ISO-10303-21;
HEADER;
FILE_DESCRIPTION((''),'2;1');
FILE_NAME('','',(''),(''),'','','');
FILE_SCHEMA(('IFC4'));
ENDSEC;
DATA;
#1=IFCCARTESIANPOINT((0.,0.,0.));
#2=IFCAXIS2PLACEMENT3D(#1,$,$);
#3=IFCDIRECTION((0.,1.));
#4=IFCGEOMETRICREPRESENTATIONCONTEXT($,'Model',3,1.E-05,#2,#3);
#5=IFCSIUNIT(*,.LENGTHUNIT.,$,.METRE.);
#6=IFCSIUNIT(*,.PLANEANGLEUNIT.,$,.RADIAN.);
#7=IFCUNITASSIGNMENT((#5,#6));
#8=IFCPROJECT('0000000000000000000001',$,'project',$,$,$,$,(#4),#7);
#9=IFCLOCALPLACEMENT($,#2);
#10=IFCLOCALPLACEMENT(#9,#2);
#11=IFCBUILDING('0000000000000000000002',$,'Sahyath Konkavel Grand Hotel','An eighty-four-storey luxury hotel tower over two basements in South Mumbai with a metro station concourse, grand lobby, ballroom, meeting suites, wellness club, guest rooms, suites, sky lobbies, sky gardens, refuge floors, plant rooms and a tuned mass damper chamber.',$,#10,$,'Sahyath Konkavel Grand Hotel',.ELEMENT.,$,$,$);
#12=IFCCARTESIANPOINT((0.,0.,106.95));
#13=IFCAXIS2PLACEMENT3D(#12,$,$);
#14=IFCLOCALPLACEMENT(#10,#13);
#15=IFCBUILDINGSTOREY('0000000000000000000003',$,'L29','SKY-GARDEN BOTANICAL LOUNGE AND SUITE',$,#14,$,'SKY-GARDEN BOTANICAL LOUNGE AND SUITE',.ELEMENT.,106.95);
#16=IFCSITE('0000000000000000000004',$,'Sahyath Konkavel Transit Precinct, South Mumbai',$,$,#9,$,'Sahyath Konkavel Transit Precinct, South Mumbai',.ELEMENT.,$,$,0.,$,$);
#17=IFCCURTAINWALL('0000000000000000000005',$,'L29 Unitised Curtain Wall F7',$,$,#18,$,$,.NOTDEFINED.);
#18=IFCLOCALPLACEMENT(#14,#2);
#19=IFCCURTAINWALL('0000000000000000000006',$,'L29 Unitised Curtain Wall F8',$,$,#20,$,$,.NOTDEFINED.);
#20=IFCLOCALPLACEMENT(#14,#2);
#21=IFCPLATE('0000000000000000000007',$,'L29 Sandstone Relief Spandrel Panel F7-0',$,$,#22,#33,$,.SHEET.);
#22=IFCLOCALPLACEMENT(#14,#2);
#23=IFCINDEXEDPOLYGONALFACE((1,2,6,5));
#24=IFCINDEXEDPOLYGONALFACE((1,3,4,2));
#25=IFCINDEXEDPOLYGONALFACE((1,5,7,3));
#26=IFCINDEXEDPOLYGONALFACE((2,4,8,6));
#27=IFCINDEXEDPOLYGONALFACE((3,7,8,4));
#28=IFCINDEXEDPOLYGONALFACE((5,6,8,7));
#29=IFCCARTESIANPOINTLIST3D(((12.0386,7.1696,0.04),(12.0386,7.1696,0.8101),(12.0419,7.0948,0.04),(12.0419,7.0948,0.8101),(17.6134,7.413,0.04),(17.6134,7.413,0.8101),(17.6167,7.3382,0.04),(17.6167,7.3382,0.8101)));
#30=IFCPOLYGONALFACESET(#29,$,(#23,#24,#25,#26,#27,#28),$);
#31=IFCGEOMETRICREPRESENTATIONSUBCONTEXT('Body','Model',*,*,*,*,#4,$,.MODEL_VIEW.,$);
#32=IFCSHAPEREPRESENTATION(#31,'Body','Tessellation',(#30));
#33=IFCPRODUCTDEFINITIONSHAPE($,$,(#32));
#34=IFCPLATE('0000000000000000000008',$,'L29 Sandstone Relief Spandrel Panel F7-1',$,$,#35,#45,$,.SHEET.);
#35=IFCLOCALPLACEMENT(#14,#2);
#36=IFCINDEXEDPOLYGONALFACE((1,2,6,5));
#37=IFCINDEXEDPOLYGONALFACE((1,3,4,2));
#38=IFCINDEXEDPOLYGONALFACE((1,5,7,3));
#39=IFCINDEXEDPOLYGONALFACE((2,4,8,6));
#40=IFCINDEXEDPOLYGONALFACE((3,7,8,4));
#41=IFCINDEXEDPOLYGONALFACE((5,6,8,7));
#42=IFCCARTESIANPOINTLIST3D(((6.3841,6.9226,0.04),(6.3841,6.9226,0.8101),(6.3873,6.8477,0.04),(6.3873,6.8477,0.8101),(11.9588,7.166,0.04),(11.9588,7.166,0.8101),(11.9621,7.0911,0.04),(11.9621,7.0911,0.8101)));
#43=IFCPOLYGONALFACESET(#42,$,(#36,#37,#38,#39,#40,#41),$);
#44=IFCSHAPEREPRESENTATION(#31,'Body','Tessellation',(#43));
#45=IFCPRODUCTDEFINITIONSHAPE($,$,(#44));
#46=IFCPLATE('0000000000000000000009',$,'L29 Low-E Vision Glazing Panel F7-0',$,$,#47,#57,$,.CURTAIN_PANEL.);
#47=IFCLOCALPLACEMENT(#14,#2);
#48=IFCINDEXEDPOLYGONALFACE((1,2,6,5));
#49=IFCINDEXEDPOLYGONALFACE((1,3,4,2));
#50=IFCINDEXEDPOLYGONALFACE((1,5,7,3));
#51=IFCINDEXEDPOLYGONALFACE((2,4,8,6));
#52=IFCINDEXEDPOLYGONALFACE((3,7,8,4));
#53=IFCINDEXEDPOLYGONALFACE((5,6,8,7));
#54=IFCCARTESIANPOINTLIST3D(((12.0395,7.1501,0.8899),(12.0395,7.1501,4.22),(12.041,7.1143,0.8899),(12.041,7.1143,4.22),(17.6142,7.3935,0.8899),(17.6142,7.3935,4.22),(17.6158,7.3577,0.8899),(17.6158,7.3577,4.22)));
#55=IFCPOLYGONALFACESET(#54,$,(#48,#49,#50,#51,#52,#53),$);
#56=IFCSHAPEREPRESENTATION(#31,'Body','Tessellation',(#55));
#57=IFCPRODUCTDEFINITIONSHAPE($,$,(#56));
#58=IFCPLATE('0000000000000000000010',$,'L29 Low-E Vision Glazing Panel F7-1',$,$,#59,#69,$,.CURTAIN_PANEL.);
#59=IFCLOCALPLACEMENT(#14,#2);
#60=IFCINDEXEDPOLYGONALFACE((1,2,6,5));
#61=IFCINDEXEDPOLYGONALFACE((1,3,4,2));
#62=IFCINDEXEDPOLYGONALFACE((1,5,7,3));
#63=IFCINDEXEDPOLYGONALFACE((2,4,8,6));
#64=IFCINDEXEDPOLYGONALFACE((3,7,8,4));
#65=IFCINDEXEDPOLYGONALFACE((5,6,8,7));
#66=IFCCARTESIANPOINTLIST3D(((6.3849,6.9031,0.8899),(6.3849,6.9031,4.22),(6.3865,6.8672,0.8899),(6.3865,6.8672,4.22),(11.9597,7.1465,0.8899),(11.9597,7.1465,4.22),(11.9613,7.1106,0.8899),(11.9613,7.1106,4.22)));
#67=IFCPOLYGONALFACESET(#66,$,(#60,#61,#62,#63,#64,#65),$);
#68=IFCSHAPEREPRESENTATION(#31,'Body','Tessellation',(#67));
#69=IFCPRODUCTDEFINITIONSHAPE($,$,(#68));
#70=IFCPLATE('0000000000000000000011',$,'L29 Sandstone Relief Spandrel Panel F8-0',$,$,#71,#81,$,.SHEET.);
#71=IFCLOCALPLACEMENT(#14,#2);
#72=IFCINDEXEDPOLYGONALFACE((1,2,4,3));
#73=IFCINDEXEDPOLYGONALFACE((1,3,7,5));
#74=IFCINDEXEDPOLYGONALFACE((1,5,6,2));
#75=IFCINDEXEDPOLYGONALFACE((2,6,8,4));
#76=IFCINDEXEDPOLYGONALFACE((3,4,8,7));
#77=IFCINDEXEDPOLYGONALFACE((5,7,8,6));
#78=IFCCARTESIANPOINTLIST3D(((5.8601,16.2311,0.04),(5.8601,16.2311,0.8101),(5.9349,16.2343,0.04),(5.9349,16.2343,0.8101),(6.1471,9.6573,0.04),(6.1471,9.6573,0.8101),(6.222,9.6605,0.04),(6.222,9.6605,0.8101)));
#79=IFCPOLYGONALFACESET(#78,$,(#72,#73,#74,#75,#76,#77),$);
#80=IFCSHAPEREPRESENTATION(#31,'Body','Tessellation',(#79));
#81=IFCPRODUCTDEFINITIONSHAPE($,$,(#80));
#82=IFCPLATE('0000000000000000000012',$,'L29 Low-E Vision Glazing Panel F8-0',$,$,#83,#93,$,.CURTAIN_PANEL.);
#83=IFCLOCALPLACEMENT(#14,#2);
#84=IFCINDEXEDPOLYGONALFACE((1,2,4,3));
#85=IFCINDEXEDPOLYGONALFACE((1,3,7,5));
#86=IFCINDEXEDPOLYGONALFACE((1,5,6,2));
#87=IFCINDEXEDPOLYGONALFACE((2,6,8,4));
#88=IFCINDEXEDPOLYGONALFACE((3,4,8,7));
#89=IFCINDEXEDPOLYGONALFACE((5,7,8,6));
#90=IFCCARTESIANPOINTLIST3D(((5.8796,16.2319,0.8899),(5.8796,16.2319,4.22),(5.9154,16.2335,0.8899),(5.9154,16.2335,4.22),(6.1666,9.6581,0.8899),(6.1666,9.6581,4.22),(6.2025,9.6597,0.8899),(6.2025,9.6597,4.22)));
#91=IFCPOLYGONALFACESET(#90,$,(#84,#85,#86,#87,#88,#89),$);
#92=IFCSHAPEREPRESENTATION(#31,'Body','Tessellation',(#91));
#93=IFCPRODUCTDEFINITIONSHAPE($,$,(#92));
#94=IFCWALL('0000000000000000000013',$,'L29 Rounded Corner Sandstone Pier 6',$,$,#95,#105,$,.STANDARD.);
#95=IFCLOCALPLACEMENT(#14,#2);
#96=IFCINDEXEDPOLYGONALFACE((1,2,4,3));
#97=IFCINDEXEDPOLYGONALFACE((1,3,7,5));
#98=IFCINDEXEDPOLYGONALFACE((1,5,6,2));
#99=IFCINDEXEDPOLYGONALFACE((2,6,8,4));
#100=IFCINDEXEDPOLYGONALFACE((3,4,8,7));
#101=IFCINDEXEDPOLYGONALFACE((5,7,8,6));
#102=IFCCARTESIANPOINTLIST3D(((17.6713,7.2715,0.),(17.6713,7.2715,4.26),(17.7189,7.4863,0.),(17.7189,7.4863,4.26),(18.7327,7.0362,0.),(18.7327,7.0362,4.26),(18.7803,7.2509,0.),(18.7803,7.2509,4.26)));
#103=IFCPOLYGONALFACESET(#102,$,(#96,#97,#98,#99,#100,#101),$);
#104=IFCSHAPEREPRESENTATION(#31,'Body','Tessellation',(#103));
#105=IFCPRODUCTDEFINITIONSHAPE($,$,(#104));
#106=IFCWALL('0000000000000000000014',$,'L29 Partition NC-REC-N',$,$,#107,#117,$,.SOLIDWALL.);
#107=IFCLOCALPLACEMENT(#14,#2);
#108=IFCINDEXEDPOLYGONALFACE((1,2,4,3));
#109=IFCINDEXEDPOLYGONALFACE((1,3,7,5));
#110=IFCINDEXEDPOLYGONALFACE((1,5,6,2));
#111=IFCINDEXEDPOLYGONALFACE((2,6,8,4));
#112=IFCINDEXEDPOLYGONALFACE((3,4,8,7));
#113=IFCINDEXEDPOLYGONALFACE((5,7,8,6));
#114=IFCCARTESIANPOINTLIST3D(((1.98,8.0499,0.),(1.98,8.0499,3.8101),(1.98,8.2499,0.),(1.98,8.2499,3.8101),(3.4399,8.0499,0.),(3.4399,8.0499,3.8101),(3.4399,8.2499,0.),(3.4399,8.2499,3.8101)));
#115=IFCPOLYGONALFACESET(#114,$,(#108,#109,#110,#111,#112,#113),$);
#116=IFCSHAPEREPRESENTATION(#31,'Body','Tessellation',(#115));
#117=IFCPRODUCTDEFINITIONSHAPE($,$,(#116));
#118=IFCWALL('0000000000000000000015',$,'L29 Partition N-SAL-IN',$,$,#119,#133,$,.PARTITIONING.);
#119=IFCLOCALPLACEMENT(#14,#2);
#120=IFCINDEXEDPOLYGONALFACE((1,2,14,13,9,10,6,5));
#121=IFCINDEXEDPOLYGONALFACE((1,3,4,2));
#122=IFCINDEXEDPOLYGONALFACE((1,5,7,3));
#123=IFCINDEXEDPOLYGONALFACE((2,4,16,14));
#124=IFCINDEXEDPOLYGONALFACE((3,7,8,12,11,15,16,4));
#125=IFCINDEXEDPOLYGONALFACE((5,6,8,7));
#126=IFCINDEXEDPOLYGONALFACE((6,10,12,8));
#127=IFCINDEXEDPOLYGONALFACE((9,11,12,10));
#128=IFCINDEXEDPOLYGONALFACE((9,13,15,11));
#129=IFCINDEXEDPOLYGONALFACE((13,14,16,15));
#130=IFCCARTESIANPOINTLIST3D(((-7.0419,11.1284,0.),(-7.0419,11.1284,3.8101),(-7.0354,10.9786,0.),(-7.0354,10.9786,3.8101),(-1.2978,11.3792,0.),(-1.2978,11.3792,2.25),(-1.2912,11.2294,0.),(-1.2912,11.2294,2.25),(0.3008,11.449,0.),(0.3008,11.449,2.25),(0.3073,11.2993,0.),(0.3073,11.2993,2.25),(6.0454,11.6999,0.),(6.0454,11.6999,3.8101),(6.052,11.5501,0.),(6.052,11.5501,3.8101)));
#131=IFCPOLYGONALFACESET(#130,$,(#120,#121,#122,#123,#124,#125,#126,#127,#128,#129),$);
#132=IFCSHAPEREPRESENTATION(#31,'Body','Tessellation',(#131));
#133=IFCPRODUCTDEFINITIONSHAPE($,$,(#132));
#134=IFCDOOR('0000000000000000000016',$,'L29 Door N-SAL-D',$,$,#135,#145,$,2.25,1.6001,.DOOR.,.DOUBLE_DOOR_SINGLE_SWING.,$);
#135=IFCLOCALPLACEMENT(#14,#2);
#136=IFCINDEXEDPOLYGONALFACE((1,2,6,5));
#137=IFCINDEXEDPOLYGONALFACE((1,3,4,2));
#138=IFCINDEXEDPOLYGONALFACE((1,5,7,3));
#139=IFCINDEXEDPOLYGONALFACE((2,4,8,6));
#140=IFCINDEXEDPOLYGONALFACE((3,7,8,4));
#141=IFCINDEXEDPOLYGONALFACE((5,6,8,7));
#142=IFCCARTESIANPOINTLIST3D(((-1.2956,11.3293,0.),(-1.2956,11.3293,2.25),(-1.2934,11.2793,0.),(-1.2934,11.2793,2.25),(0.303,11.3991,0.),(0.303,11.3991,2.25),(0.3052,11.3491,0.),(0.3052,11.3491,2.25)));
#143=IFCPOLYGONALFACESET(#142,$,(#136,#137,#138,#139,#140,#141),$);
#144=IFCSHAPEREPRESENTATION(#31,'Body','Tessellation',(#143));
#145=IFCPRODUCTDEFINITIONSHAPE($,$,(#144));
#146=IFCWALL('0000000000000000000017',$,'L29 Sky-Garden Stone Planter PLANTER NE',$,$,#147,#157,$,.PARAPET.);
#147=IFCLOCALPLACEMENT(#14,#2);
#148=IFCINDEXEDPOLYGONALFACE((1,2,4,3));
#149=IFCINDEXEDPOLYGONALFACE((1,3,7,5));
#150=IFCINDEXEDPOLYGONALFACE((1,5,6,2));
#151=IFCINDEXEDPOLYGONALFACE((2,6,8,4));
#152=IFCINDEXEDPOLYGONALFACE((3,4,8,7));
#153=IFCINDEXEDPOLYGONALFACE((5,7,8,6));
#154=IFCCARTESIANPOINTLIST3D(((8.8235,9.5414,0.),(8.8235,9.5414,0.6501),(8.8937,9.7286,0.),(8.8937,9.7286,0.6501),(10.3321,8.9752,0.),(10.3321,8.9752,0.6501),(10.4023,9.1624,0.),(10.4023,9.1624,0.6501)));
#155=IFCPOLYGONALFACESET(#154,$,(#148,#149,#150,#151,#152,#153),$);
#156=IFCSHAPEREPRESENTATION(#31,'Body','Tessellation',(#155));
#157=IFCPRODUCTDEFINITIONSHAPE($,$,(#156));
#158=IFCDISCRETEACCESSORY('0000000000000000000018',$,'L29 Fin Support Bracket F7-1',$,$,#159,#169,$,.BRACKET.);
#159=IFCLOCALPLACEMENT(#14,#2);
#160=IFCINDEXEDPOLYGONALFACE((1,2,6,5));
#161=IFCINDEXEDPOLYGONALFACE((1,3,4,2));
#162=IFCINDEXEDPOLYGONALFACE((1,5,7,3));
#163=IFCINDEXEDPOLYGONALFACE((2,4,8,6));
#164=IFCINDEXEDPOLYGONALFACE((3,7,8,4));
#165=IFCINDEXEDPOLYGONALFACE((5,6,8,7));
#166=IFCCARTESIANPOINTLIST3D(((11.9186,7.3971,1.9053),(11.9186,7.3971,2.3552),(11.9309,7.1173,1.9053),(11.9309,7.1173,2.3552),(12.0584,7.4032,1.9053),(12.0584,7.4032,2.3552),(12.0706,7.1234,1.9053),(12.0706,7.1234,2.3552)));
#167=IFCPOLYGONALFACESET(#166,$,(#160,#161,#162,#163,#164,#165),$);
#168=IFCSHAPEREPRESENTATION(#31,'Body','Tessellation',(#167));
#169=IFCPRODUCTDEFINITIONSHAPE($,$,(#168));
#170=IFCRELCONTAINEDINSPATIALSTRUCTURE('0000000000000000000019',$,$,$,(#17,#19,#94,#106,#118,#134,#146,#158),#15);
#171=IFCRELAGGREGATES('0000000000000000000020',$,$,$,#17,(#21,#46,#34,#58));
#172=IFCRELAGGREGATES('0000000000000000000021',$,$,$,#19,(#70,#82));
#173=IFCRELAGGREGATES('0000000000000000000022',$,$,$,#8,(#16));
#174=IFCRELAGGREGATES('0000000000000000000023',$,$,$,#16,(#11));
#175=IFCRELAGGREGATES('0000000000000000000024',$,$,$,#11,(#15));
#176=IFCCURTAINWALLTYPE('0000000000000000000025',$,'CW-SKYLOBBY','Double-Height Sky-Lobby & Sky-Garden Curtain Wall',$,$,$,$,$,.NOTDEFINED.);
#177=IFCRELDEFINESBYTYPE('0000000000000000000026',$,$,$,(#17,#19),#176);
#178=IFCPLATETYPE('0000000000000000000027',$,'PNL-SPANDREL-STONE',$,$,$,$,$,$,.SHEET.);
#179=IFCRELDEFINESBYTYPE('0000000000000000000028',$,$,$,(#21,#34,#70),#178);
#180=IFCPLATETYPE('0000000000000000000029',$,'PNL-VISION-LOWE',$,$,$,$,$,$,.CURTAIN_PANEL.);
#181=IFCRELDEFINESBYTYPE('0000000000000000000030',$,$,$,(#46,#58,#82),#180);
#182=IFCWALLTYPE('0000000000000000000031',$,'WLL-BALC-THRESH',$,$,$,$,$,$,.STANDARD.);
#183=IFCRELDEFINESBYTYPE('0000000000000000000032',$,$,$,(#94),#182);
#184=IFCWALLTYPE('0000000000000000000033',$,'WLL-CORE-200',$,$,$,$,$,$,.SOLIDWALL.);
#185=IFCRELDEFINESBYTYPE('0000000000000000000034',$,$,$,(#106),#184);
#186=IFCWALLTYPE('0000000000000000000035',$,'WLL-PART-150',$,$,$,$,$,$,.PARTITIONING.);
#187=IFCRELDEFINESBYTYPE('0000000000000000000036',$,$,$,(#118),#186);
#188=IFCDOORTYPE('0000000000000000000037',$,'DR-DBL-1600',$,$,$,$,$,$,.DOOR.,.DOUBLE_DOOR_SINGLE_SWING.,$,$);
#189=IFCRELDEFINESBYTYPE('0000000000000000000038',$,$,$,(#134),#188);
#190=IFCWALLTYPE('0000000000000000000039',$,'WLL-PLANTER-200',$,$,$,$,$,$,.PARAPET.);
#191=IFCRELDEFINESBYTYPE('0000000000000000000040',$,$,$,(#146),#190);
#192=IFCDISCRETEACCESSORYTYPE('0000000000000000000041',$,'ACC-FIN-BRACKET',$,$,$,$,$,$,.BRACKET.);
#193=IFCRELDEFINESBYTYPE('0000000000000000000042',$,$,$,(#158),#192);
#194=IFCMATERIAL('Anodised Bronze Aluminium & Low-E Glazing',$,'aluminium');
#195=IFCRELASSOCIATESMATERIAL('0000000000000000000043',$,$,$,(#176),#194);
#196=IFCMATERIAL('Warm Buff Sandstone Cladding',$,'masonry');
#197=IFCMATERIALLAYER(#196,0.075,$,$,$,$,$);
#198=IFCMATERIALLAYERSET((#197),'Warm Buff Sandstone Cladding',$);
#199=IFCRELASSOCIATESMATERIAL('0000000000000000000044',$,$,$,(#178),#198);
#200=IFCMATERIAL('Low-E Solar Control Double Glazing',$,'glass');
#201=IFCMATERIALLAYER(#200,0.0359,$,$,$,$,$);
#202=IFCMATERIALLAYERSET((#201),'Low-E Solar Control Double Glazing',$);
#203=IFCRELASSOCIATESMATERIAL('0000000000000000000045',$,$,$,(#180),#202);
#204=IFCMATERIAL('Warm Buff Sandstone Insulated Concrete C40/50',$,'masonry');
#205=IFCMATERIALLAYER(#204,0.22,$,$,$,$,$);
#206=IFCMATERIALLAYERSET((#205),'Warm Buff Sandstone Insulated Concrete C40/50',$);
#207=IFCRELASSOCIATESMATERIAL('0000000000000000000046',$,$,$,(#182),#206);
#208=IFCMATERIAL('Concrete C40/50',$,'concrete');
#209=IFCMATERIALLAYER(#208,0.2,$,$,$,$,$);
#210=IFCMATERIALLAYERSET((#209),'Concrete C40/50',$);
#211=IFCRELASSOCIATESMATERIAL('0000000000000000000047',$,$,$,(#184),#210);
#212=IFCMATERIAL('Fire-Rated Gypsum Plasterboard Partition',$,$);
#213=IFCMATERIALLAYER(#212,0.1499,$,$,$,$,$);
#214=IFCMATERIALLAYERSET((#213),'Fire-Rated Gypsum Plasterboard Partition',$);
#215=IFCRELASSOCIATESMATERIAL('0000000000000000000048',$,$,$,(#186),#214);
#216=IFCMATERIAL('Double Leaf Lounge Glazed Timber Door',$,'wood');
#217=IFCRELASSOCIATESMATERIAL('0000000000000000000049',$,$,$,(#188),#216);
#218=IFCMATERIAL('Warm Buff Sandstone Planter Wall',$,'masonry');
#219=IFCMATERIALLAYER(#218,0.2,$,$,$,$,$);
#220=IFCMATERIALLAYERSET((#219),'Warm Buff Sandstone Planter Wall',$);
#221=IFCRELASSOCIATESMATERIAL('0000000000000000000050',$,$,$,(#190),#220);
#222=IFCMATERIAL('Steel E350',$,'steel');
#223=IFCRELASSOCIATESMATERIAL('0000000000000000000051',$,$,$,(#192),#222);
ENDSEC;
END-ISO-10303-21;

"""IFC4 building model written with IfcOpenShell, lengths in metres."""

from ifc_helpers import new_model, si_unit, direction, frame, frame_2d, origin, origin_2d, place, context, subcontext, project, spatial, rectangle, extrude, source, transform, mapped, material, layer, layer_set, type_object, element, fill, aggregate, save


model = new_model("IFC4")

# Units and contexts
model_context = context("Model", 3, precision=1e-05, world=origin(), true_north=direction((0.0, 1.0)))
body_context = subcontext(model_context, "Body", "Model", "MODEL_VIEW")
ifc_project = project(units=[si_unit("LENGTHUNIT", "METRE"), si_unit("PLANEANGLEUNIT", "RADIAN")], contexts=[model_context])

# Site, building, storey
site_placement = place(None, origin())
site = spatial("IfcSite", under=ifc_project, at=site_placement, Name="Sahyath Konkavel Transit Precinct, South Mumbai", LongName="Sahyath Konkavel Transit Precinct, South Mumbai", CompositionType="ELEMENT", RefElevation=0.0)
building_placement = place(site_placement, origin())
building = spatial("IfcBuilding", under=site, at=building_placement, Name="Sahyath Konkavel Grand Hotel", Description="An eighty-four-storey luxury hotel tower over two basements in South Mumbai with a metro station concourse, grand lobby, ballroom, meeting suites, wellness club, guest rooms, suites, sky lobbies, sky gardens, refuge floors, plant rooms and a tuned mass damper chamber.", LongName="Sahyath Konkavel Grand Hotel", CompositionType="ELEMENT")
storey_placement = place(building_placement, frame((0.0, 0.0, 106.95)))
storey = spatial("IfcBuildingStorey", under=building, at=storey_placement, Name="L29", Description="SKY-GARDEN BOTANICAL LOUNGE AND SUITE", LongName="SKY-GARDEN BOTANICAL LOUNGE AND SUITE", CompositionType="ELEMENT", Elevation=106.95)

# Shared definitions
ifc_material_1 = material(Name="Steel E350", Category="steel")

# Curtain wall
ifc_material_2 = material(Name="Anodised Bronze Aluminium & Low-E Glazing", Category="aluminium")
curtain_wall_type = type_object("IfcCurtainWallType", Name="CW-SKYLOBBY", Description="Double-Height Sky-Lobby & Sky-Garden Curtain Wall", PredefinedType="NOTDEFINED", material=ifc_material_2)
curtain_wall_1_placement = place(storey_placement, origin())
curtain_wall_1 = element("IfcCurtainWall", 1, at=curtain_wall_1_placement, inside=storey, type_object=curtain_wall_type, Name="L29 Unitised Curtain Wall F7", PredefinedType="NOTDEFINED")

# Curtain wall
curtain_wall_2_placement = place(storey_placement, origin())
curtain_wall_2 = element("IfcCurtainWall", 2, at=curtain_wall_2_placement, inside=storey, type_object=curtain_wall_type, Name="L29 Unitised Curtain Wall F8", PredefinedType="NOTDEFINED")

# Plates
ifc_material_3 = material(Name="Warm Buff Sandstone Cladding", Category="masonry")
ifc_layer_1 = layer(ifc_material_3, 0.075)
ifc_layer_set_1 = layer_set([ifc_layer_1], Name="Warm Buff Sandstone Cladding")
plate_type_1 = type_object("IfcPlateType", Name="PNL-SPANDREL-STONE", PredefinedType="SHEET", material=ifc_layer_set_1)
shared_shape_1 = source(origin(), body_context, "Body", "SweptSolid", [
    extrude(rectangle(XDim=5.5801, YDim=0.075, at=origin_2d()), origin(), (0.0, 0.0, 1.0), 0.77),
])
plate_1_placement = place(storey_placement, frame((14.8276, 7.2539, 0.04), z_axis=(0.0, 0.0, 1.0), x_axis=(-0.999048, -0.043619, 0.0)))
plate_1 = element("IfcPlate", 3, at=plate_1_placement, type_object=plate_type_1, Name="L29 Sandstone Relief Spandrel Panel F7-0", PredefinedType="SHEET", context=body_context, shape_type="MappedRepresentation", body=[
    mapped(shared_shape_1, transform((0.0, 0.0, 0.0), scale=1.0)),
])
plate_2_placement = place(storey_placement, frame((9.1731, 7.0068, 0.04), z_axis=(0.0, 0.0, 1.0), x_axis=(-0.999048, -0.043619, 0.0)))
plate_2 = element("IfcPlate", 4, at=plate_2_placement, type_object=plate_type_1, Name="L29 Sandstone Relief Spandrel Panel F7-1", PredefinedType="SHEET", context=body_context, shape_type="MappedRepresentation", body=[
    mapped(shared_shape_1, transform((0.0, 0.0, 0.0), scale=1.0)),
])
ifc_material_4 = material(Name="Low-E Solar Control Double Glazing", Category="glass")
ifc_layer_2 = layer(ifc_material_4, 0.0359)
ifc_layer_set_2 = layer_set([ifc_layer_2], Name="Low-E Solar Control Double Glazing")
plate_type_2 = type_object("IfcPlateType", Name="PNL-VISION-LOWE", PredefinedType="CURTAIN_PANEL", material=ifc_layer_set_2)
shared_shape_2 = source(origin(), body_context, "Body", "SweptSolid", [
    extrude(rectangle(XDim=5.5801, YDim=0.0359, at=origin_2d()), origin(), (0.0, 0.0, 1.0), 3.3301),
])
plate_3_placement = place(storey_placement, frame((14.8276, 7.2539, 0.8899), z_axis=(0.0, 0.0, 1.0), x_axis=(-0.999048, -0.043619, 0.0)))
plate_3 = element("IfcPlate", 5, at=plate_3_placement, type_object=plate_type_2, Name="L29 Low-E Vision Glazing Panel F7-0", PredefinedType="CURTAIN_PANEL", context=body_context, shape_type="MappedRepresentation", body=[
    mapped(shared_shape_2, transform((0.0, 0.0, 0.0), scale=1.0)),
])
plate_4_placement = place(storey_placement, frame((9.1731, 7.0068, 0.8899), z_axis=(0.0, 0.0, 1.0), x_axis=(-0.999048, -0.043619, 0.0)))
plate_4 = element("IfcPlate", 6, at=plate_4_placement, type_object=plate_type_2, Name="L29 Low-E Vision Glazing Panel F7-1", PredefinedType="CURTAIN_PANEL", context=body_context, shape_type="MappedRepresentation", body=[
    mapped(shared_shape_2, transform((0.0, 0.0, 0.0), scale=1.0)),
])
aggregate(curtain_wall_1, [plate_1, plate_3, plate_2, plate_4])
shared_shape_3 = source(origin(), body_context, "Body", "SweptSolid", [
    extrude(rectangle(XDim=6.5801, YDim=0.075, at=origin_2d()), origin(), (0.0, 0.0, 1.0), 0.77),
])
plate_5_placement = place(storey_placement, frame((6.041, 12.9458, 0.04), z_axis=(0.0, 0.0, 1.0), x_axis=(-0.043619, 0.999048, 0.0)))
plate_5 = element("IfcPlate", 7, at=plate_5_placement, type_object=plate_type_1, Name="L29 Sandstone Relief Spandrel Panel F8-0", PredefinedType="SHEET", context=body_context, shape_type="MappedRepresentation", body=[
    mapped(shared_shape_3, transform((0.0, 0.0, 0.0), scale=1.0)),
])
shared_shape_4 = source(origin(), body_context, "Body", "SweptSolid", [
    extrude(rectangle(XDim=6.5801, YDim=0.0359, at=origin_2d()), origin(), (0.0, 0.0, 1.0), 3.3301),
])
plate_6_placement = place(storey_placement, frame((6.041, 12.9458, 0.8899), z_axis=(0.0, 0.0, 1.0), x_axis=(-0.043619, 0.999048, 0.0)))
plate_6 = element("IfcPlate", 8, at=plate_6_placement, type_object=plate_type_2, Name="L29 Low-E Vision Glazing Panel F8-0", PredefinedType="CURTAIN_PANEL", context=body_context, shape_type="MappedRepresentation", body=[
    mapped(shared_shape_4, transform((0.0, 0.0, 0.0), scale=1.0)),
])
aggregate(curtain_wall_2, [plate_5, plate_6])

# Walls
ifc_material_5 = material(Name="Warm Buff Sandstone Insulated Concrete C40/50", Category="masonry")
ifc_layer_3 = layer(ifc_material_5, 0.22)
ifc_layer_set_3 = layer_set([ifc_layer_3], Name="Warm Buff Sandstone Insulated Concrete C40/50")
wall_type_1 = type_object("IfcWallType", Name="WLL-BALC-THRESH", PredefinedType="STANDARD", material=ifc_layer_set_3)
wall_1_placement = place(storey_placement, frame((18.7563, 7.1436, 0.0), z_axis=(0.0, 0.0, 1.0), x_axis=(-0.976282, 0.216502, 0.0)))
element("IfcWall", 9, at=wall_1_placement, inside=storey, type_object=wall_type_1, Name="L29 Rounded Corner Sandstone Pier 6", PredefinedType="STANDARD", context=body_context, shape_type="SweptSolid", body=[
    extrude(rectangle(XDim=1.0872, YDim=0.22, at=frame_2d((0.5435, 0.0))), origin(), (0.0, 0.0, 1.0), 4.26),
])
ifc_material_6 = material(Name="Concrete C40/50", Category="concrete")
ifc_layer_4 = layer(ifc_material_6, 0.2)
ifc_layer_set_4 = layer_set([ifc_layer_4], Name="Concrete C40/50")
wall_type_2 = type_object("IfcWallType", Name="WLL-CORE-200", PredefinedType="SOLIDWALL", material=ifc_layer_set_4)
wall_2_placement = place(storey_placement, frame((1.98, 8.1499, 0.0), z_axis=(0.0, 0.0, 1.0), x_axis=(1.0, 0.0, 0.0)))
element("IfcWall", 10, at=wall_2_placement, inside=storey, type_object=wall_type_2, Name="L29 Partition NC-REC-N", PredefinedType="SOLIDWALL", context=body_context, shape_type="SweptSolid", body=[
    extrude(rectangle(XDim=1.46, YDim=0.2, at=frame_2d((0.73, 0.0))), origin(), (0.0, 0.0, 1.0), 3.8101),
])

# Wall, opening, door
ifc_material_7 = material(Name="Fire-Rated Gypsum Plasterboard Partition")
ifc_layer_5 = layer(ifc_material_7, 0.1499)
ifc_layer_set_5 = layer_set([ifc_layer_5], Name="Fire-Rated Gypsum Plasterboard Partition")
wall_type_3 = type_object("IfcWallType", Name="WLL-PART-150", PredefinedType="PARTITIONING", material=ifc_layer_set_5)
wall_3_placement = place(storey_placement, frame((6.0486, 11.625, 0.0), z_axis=(0.0, 0.0, 1.0), x_axis=(-0.999048, -0.043629, 0.0)))
wall_3 = element("IfcWall", 11, at=wall_3_placement, inside=storey, type_object=wall_type_3, Name="L29 Partition N-SAL-IN", PredefinedType="PARTITIONING", context=body_context, shape_type="SweptSolid", body=[
    extrude(rectangle(XDim=13.0999, YDim=0.1499, at=frame_2d((6.5498, 0.0))), origin(), (0.0, 0.0, 1.0), 3.8101),
])
opening_placement = place(wall_3_placement, frame((5.75, 0.0, 0.0)))
opening = element("IfcOpeningElement", 12, at=opening_placement, cuts=wall_3, PredefinedType="OPENING", context=body_context, shape_type="SweptSolid", body=[
    extrude(rectangle(XDim=1.6001, YDim=2.25, at=frame_2d((0.8, 1.125))), frame((0.0, 0.085, 0.0), z_axis=(0.0, -1.0, 0.0), x_axis=(1.0, 0.0, 0.0)), (0.0, 0.0, 1.0), 0.1699),
])
ifc_material_8 = material(Name="Double Leaf Lounge Glazed Timber Door", Category="wood")
door_type = type_object("IfcDoorType", Name="DR-DBL-1600", OperationType="DOUBLE_DOOR_SINGLE_SWING", PredefinedType="DOOR", material=ifc_material_8)
shared_shape_5 = source(origin(), body_context, "Body", "SweptSolid", [
    extrude(rectangle(XDim=1.6001, YDim=0.05, at=origin_2d()), origin(), (0.0, 0.0, 1.0), 2.25),
])
door_placement = place(opening_placement, frame((0.8, 0.0, 0.0)))
door = element("IfcDoor", 13, at=door_placement, inside=storey, type_object=door_type, Name="L29 Door N-SAL-D", OperationType="DOUBLE_DOOR_SINGLE_SWING", OverallHeight=2.25, OverallWidth=1.6001, PredefinedType="DOOR", context=body_context, shape_type="MappedRepresentation", body=[
    mapped(shared_shape_5, transform((0.0, 0.0, 0.0), scale=1.0)),
])
fill(opening, door)

# Wall
ifc_material_9 = material(Name="Warm Buff Sandstone Planter Wall", Category="masonry")
ifc_layer_6 = layer(ifc_material_9, 0.2)
ifc_layer_set_6 = layer_set([ifc_layer_6], Name="Warm Buff Sandstone Planter Wall")
wall_type_4 = type_object("IfcWallType", Name="WLL-PLANTER-200", PredefinedType="PARAPET", material=ifc_layer_set_6)
wall_4_placement = place(storey_placement, frame((10.3672, 9.0688, 0.0), z_axis=(0.0, 0.0, 1.0), x_axis=(-0.936236, 0.351373, 0.0)))
element("IfcWall", 14, at=wall_4_placement, inside=storey, type_object=wall_type_4, Name="L29 Sky-Garden Stone Planter PLANTER NE", PredefinedType="PARAPET", context=body_context, shape_type="SweptSolid", body=[
    extrude(rectangle(XDim=1.6113, YDim=0.2, at=frame_2d((0.8057, 0.0))), origin(), (0.0, 0.0, 1.0), 0.6501),
])

# Discrete accessory
discrete_accessory_type = type_object("IfcDiscreteAccessoryType", Name="ACC-FIN-BRACKET", PredefinedType="BRACKET", material=ifc_material_1)
shared_shape_6 = source(origin(), body_context, "Body", "SweptSolid", [
    extrude(rectangle(XDim=0.28, YDim=0.1399, at=origin_2d()), origin(), (0.0, 0.0, 1.0), 0.45),
])
discrete_accessory_placement = place(storey_placement, frame((11.9946, 7.2603, 1.9053), z_axis=(0.0, 0.0, 1.0), x_axis=(-0.043619, 0.999048, 0.0)))
element("IfcDiscreteAccessory", 15, at=discrete_accessory_placement, inside=storey, type_object=discrete_accessory_type, Name="L29 Fin Support Bracket F7-1", PredefinedType="BRACKET", context=body_context, shape_type="MappedRepresentation", body=[
    mapped(shared_shape_6, transform((0.0, 0.0, 0.0), scale=1.0)),
])

save(model, "model.ifc")
